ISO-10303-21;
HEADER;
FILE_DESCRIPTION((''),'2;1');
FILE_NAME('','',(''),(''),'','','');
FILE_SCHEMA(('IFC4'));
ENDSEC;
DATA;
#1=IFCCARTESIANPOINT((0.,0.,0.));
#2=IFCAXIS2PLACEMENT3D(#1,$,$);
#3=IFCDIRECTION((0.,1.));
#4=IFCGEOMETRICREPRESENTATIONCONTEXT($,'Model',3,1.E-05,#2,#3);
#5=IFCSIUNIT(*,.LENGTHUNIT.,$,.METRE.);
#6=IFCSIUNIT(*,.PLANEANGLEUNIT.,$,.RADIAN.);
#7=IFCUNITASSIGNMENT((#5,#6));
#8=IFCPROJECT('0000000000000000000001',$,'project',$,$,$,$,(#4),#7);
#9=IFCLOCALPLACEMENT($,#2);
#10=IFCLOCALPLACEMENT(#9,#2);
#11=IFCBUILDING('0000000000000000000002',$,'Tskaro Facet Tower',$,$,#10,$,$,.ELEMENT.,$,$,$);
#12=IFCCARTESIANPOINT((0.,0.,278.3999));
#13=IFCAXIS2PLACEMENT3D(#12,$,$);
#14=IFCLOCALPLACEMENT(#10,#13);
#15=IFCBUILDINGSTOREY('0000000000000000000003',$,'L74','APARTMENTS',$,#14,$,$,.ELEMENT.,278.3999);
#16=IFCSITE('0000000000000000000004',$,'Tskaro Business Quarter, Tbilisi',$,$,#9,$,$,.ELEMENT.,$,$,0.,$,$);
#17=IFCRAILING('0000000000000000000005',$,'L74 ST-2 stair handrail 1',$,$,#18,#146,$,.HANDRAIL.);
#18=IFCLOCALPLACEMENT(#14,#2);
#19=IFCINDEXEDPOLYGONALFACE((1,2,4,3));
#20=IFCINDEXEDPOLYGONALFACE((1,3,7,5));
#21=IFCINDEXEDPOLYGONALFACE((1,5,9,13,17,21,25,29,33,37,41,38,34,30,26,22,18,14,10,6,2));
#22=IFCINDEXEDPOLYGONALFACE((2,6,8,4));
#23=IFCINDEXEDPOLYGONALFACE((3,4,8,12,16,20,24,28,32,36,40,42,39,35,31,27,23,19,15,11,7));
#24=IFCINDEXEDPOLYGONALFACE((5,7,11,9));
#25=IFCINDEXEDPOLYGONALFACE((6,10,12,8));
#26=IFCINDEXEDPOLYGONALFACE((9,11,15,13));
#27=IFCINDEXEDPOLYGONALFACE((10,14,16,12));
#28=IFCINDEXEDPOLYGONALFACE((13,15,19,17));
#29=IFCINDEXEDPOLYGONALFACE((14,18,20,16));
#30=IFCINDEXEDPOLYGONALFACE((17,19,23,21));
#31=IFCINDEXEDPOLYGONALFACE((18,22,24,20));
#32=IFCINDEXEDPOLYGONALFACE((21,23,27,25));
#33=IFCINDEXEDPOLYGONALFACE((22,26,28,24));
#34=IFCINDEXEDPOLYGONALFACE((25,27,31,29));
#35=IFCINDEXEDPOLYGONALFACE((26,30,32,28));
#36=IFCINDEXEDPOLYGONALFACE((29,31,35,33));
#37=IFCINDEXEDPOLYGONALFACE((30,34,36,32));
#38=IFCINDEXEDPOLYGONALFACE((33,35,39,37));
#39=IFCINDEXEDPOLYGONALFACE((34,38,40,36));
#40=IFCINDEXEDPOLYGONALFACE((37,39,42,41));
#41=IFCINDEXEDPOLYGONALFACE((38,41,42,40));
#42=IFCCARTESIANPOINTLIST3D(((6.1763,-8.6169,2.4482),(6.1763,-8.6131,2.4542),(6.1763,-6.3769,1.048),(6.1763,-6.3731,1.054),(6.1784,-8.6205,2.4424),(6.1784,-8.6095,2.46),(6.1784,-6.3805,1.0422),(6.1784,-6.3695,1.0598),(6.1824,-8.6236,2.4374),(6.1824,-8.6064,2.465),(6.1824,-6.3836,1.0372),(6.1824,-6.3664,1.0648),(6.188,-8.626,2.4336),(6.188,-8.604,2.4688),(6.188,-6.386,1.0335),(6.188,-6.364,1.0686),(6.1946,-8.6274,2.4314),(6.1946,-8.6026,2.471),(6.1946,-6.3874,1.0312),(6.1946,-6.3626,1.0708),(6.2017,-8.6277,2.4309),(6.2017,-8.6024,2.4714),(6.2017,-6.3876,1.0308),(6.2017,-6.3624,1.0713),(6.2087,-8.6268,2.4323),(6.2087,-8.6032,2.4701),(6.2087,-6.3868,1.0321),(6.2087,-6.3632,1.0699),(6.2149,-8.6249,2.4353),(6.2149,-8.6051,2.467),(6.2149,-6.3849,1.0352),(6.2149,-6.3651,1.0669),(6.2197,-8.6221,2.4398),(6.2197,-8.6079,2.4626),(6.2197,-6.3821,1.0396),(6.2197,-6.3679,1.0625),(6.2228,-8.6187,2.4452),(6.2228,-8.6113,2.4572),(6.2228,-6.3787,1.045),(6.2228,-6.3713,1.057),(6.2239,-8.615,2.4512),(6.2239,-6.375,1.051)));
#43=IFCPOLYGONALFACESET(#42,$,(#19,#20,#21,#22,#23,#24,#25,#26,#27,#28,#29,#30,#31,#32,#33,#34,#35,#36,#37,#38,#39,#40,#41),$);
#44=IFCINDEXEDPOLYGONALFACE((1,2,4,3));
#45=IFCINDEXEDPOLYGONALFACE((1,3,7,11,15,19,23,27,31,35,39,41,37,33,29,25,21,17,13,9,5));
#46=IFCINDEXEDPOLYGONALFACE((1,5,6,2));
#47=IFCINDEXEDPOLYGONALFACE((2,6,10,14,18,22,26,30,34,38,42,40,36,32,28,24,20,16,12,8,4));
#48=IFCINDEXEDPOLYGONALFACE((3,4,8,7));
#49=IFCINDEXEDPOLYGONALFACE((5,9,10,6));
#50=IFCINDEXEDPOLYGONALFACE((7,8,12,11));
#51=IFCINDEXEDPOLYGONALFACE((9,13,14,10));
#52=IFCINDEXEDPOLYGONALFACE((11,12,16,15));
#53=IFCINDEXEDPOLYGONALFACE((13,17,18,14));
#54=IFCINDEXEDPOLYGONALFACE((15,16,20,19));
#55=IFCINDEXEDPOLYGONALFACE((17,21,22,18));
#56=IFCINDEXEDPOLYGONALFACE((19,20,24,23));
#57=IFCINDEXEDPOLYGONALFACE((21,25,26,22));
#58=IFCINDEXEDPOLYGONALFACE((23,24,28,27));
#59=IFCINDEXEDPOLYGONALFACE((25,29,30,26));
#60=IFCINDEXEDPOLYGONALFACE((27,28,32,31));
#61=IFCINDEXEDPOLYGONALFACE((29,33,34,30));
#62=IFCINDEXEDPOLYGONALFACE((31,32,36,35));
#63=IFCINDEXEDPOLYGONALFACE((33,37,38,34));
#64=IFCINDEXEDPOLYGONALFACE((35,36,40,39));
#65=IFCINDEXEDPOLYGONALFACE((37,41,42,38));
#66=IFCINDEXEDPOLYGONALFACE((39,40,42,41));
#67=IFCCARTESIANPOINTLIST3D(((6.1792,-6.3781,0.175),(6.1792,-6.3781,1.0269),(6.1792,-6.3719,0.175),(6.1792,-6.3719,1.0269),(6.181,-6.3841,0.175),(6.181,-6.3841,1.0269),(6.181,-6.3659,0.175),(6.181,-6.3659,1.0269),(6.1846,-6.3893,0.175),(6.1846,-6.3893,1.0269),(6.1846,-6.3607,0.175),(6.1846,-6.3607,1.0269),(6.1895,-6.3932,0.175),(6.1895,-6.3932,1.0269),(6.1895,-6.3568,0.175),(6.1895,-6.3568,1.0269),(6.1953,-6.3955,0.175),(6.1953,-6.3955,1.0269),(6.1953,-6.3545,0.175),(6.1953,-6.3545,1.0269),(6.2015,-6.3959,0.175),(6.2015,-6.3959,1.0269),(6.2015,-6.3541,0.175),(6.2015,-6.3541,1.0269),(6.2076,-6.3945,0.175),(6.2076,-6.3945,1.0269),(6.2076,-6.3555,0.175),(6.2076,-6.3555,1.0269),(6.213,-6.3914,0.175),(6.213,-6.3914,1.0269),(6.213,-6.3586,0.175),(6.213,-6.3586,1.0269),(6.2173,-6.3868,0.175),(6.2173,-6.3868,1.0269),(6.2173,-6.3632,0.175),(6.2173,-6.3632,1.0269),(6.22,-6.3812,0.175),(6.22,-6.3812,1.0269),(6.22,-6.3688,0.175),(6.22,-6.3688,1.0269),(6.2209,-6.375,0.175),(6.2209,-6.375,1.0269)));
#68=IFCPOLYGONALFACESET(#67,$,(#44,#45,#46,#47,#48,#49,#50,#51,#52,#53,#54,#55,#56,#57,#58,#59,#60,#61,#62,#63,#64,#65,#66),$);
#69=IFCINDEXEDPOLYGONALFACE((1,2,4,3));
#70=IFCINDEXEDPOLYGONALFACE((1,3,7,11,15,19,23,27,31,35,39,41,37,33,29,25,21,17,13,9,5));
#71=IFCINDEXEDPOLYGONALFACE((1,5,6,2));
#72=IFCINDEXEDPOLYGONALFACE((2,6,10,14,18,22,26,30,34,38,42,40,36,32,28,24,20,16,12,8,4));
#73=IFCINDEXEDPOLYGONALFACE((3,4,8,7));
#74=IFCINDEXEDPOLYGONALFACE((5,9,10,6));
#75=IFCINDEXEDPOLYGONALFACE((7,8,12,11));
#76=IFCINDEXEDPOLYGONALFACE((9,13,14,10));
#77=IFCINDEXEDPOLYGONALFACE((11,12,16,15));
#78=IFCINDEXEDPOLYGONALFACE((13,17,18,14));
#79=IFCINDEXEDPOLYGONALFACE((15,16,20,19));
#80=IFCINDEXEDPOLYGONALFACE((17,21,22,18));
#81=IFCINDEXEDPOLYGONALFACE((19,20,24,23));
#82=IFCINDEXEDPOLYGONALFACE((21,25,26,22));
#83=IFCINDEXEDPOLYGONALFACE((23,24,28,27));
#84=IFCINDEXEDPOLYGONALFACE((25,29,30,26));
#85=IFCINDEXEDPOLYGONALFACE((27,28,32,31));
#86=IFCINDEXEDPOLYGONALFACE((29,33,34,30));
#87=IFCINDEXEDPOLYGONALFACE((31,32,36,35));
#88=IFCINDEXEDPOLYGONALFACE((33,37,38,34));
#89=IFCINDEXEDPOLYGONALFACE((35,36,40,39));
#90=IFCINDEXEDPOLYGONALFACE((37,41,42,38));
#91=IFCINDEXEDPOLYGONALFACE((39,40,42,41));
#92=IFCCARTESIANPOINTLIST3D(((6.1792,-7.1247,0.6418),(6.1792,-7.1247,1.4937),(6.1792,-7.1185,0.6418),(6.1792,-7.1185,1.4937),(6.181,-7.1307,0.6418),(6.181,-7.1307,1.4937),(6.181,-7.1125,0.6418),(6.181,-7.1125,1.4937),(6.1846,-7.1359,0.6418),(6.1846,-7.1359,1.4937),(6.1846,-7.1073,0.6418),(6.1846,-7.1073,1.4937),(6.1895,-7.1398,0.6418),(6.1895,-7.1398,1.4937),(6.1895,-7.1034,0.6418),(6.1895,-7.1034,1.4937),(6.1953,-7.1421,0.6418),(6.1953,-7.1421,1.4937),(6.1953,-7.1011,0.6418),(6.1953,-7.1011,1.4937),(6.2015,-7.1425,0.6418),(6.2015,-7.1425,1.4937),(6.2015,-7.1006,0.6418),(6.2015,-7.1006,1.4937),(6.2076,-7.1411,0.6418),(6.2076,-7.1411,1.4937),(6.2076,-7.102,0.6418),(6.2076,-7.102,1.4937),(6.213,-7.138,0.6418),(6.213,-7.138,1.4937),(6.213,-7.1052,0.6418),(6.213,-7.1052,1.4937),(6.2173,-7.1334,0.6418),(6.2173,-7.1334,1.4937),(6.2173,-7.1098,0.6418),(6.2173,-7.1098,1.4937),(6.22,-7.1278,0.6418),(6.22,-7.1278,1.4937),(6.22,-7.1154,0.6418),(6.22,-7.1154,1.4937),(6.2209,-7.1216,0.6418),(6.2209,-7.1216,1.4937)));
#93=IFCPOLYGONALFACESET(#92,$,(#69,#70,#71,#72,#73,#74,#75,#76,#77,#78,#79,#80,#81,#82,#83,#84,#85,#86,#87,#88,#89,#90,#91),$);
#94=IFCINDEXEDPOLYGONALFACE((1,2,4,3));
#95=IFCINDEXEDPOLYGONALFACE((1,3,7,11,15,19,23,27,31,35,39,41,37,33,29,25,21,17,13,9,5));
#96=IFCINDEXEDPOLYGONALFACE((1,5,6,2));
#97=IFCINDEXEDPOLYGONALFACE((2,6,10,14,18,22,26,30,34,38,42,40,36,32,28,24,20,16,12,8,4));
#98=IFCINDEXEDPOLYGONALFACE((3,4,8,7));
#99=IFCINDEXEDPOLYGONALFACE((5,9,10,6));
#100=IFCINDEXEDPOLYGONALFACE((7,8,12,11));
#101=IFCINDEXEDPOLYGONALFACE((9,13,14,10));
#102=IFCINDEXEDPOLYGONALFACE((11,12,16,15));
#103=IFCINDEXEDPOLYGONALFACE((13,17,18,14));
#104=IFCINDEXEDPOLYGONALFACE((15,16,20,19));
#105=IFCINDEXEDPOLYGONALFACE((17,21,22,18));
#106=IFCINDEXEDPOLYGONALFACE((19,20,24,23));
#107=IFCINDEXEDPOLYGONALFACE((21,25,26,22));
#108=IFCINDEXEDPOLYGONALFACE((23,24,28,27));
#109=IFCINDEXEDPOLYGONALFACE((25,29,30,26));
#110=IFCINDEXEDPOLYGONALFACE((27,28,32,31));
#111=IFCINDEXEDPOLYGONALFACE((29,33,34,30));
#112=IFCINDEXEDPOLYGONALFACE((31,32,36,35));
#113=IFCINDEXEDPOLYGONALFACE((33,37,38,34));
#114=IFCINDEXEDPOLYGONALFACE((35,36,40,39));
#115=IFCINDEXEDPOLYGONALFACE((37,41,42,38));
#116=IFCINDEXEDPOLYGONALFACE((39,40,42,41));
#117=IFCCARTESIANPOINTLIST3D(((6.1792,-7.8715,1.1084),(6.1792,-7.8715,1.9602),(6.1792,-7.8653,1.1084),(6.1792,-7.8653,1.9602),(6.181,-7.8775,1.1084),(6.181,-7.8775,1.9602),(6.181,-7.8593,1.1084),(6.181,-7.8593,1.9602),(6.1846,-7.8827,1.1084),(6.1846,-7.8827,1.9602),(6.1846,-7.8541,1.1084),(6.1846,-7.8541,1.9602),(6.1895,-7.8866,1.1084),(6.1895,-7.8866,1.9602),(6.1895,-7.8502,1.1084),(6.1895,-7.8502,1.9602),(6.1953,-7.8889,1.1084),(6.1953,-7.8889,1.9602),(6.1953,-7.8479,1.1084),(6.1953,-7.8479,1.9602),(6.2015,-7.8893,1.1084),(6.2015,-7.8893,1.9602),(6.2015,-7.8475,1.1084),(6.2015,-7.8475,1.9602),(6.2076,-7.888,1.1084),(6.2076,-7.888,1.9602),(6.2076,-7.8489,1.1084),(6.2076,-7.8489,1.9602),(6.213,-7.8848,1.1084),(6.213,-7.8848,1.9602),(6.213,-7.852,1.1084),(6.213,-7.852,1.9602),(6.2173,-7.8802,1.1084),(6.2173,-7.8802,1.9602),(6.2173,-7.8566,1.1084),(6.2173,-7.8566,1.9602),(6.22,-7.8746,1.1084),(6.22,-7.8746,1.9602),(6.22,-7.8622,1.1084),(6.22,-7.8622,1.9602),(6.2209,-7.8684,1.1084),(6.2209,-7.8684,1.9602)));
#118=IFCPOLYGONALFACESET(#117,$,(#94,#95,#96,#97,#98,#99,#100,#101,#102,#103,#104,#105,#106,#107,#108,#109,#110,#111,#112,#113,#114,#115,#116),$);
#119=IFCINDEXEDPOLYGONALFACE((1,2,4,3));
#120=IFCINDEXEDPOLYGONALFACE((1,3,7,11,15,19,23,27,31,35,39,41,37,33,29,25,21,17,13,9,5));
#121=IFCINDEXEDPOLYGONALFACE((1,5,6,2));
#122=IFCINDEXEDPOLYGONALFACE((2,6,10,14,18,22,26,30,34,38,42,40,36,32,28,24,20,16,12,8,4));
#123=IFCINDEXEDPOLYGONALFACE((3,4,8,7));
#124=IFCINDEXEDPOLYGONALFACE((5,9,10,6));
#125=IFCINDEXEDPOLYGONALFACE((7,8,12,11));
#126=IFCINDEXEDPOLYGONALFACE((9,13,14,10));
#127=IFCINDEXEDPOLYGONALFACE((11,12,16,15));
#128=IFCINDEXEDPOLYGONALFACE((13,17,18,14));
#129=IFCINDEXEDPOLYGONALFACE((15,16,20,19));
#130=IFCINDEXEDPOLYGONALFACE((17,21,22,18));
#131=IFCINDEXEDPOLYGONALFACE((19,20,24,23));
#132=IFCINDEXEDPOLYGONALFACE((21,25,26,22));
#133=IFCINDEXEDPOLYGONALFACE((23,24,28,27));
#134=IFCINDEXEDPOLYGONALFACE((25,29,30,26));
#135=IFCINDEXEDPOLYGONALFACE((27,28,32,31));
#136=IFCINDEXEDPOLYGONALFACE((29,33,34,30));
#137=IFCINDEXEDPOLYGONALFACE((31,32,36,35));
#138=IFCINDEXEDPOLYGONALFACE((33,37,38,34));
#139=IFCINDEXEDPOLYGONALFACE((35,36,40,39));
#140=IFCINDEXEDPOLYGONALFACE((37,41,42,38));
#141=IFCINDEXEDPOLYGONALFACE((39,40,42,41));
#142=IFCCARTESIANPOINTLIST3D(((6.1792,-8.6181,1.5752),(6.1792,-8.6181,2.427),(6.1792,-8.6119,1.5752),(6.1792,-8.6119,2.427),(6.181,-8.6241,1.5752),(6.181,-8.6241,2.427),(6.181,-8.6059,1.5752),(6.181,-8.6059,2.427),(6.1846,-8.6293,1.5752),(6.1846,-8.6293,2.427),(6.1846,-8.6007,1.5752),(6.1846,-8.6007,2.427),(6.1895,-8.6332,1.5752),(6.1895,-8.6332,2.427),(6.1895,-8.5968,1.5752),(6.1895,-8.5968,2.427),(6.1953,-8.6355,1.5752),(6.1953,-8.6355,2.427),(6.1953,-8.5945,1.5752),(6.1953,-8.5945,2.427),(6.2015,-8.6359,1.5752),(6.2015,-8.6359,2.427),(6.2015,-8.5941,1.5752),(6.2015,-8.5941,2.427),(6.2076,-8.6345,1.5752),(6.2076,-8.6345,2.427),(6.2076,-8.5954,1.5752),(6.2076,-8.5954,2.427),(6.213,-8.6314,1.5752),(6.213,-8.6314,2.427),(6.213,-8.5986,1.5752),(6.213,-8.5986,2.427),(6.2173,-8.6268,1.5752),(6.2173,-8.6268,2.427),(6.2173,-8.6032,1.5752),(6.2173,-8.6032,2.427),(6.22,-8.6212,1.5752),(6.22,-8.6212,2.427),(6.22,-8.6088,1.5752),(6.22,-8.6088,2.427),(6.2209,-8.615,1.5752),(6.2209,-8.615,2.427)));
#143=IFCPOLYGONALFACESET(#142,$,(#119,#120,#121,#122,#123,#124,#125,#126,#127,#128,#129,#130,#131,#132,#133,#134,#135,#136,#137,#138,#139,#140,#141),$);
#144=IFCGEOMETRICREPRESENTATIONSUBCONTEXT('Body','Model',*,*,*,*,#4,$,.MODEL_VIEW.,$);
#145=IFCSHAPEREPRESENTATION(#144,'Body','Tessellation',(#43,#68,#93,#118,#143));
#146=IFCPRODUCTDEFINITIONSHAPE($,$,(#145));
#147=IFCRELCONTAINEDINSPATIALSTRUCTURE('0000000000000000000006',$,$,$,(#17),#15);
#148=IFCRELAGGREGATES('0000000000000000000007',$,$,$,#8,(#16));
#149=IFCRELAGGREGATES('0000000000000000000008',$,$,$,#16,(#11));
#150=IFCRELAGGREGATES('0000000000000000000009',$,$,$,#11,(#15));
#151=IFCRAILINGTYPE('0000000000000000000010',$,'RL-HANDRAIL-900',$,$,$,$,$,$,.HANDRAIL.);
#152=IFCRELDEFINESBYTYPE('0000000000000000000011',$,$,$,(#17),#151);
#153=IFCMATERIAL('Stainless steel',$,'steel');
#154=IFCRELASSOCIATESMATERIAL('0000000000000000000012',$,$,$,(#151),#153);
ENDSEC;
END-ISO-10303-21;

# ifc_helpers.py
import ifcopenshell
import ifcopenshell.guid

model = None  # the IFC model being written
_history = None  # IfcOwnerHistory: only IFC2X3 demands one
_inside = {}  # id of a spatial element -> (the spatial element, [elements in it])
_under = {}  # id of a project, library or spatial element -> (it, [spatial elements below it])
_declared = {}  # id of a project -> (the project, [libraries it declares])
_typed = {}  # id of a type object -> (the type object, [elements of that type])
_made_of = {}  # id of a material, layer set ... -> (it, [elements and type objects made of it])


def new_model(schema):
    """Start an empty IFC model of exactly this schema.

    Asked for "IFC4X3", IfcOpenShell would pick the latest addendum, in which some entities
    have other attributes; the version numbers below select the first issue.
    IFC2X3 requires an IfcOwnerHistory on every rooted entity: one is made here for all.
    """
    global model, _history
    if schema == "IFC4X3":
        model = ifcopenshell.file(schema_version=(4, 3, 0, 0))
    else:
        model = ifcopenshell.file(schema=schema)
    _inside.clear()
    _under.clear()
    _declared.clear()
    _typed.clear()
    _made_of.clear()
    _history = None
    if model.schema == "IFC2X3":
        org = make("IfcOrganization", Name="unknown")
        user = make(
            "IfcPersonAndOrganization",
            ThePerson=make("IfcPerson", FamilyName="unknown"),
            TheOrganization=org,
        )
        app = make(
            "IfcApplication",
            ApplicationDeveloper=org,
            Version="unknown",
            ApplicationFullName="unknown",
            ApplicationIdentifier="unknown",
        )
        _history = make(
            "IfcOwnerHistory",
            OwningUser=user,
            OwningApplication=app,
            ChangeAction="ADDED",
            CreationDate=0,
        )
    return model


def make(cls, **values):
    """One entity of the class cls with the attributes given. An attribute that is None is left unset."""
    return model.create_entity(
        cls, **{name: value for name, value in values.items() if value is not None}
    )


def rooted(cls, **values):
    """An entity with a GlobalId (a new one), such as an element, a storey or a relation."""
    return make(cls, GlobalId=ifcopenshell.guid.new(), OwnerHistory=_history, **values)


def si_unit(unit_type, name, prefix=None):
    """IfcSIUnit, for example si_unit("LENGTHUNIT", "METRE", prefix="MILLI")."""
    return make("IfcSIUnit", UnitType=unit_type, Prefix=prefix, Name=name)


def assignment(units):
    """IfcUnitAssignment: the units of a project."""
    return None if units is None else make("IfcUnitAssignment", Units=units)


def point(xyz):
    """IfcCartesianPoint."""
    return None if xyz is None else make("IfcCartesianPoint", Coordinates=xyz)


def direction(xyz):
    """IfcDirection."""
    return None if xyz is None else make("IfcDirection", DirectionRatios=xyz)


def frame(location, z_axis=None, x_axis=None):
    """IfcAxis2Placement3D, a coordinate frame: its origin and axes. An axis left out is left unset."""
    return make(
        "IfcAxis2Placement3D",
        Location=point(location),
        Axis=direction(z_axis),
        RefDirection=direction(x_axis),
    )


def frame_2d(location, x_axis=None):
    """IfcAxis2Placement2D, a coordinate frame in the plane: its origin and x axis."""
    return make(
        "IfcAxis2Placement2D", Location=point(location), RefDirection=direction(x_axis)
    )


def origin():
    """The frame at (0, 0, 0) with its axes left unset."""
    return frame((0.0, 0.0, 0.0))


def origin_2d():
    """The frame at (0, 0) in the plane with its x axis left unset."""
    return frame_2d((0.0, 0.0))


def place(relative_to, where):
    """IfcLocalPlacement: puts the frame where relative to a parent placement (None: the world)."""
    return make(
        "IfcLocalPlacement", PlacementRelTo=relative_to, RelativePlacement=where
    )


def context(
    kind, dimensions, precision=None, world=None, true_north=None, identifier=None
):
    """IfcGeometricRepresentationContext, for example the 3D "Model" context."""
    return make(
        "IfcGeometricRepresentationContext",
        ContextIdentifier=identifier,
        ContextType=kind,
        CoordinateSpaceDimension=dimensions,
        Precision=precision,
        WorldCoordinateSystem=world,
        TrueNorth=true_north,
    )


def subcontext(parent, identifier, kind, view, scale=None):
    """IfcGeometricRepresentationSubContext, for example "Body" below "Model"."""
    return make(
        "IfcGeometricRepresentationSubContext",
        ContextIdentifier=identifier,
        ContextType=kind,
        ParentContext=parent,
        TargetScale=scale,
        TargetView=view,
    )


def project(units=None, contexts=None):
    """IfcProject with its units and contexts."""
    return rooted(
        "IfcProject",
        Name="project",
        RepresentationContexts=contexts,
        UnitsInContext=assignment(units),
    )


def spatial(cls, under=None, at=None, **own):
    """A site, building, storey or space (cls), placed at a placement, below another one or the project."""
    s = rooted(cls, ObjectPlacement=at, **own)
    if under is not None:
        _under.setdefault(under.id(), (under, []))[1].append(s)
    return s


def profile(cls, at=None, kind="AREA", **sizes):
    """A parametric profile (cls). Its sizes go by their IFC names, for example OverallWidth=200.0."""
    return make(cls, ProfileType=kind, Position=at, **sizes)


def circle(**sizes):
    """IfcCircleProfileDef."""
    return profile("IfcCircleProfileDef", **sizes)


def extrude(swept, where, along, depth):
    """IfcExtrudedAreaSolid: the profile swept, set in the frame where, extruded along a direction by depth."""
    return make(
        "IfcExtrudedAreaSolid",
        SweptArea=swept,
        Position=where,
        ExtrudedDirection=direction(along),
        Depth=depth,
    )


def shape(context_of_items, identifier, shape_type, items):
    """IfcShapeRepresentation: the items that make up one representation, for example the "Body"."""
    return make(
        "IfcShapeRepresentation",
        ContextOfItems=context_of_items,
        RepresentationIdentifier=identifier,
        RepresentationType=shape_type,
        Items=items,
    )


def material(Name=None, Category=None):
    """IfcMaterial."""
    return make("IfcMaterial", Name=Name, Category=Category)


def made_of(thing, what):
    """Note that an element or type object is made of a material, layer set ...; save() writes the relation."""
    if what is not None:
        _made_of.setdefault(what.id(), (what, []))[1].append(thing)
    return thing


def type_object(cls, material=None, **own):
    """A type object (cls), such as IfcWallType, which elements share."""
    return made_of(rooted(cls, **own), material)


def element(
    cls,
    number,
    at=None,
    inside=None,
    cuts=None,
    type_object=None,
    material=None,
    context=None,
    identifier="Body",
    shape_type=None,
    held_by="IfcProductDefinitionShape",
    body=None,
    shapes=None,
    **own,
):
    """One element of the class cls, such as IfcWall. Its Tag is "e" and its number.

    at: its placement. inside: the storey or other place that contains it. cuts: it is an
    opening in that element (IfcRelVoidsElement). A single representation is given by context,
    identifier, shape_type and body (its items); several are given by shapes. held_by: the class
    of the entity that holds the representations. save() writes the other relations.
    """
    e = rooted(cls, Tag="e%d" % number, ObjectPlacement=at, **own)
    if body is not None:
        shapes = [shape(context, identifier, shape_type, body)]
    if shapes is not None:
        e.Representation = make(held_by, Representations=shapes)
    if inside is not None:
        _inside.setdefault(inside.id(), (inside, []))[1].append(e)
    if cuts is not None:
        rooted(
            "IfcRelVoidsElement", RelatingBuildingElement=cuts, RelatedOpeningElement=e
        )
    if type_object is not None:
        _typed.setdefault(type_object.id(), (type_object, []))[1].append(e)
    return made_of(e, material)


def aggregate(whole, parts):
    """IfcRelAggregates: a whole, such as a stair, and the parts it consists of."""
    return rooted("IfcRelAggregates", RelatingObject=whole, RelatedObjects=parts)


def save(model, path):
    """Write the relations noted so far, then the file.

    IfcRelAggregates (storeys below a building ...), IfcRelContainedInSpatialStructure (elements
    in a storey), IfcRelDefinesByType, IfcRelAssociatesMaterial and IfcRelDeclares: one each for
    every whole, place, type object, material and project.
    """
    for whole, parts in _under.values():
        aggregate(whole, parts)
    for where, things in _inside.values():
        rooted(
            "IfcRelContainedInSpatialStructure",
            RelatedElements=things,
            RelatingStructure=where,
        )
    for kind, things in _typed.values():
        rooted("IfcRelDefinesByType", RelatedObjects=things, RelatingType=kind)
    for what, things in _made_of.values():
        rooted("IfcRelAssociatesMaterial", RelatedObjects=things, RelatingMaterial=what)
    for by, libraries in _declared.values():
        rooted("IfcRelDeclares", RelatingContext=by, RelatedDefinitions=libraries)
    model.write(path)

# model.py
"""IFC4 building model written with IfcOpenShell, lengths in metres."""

from ifc_helpers import new_model, si_unit, direction, frame, origin, origin_2d, place, context, subcontext, project, spatial, circle, extrude, material, type_object, element, save


model = new_model("IFC4")

# Units and contexts
model_context = context("Model", 3, precision=1e-05, world=origin(), true_north=direction((0.0, 1.0)))
body_context = subcontext(model_context, "Body", "Model", "MODEL_VIEW")
ifc_project = project(units=[si_unit("LENGTHUNIT", "METRE"), si_unit("PLANEANGLEUNIT", "RADIAN")], contexts=[model_context])

# Site, building, storey
site_placement = place(None, origin())
site = spatial("IfcSite", under=ifc_project, at=site_placement, Name="Tskaro Business Quarter, Tbilisi", CompositionType="ELEMENT", RefElevation=0.0)
building_placement = place(site_placement, origin())
building = spatial("IfcBuilding", under=site, at=building_placement, Name="Tskaro Facet Tower", CompositionType="ELEMENT")
storey_placement = place(building_placement, frame((0.0, 0.0, 278.3999)))
storey = spatial("IfcBuildingStorey", under=building, at=storey_placement, Name="L74", Description="APARTMENTS", CompositionType="ELEMENT", Elevation=278.3999)

# Railing
ifc_material_1 = material(Name="Stainless steel", Category="steel")
railing_type_1 = type_object("IfcRailingType", Name="RL-HANDRAIL-900", PredefinedType="HANDRAIL", material=ifc_material_1)
railing_1_placement = place(storey_placement, frame((6.2, -6.375, 0.175)))
element("IfcRailing", 1, at=railing_1_placement, inside=storey, type_object=railing_type_1, Name="L74 ST-2 stair handrail 1", PredefinedType="HANDRAIL", context=body_context, shape_type="SweptSolid", body=[
    extrude(circle(Radius=0.0239, at=origin_2d()), frame((0.0, 0.0, 0.876), z_axis=(0.0, -0.847972, 0.53004), x_axis=(1.0, 0.0, 0.0)), (0.0, 0.0, 1.0), 2.6416),
    extrude(circle(Radius=0.021, at=origin_2d()), origin(), (0.0, 0.0, 1.0), 0.8518),
    extrude(circle(Radius=0.021, at=origin_2d()), frame((0.0, -0.7466, 0.4668)), (0.0, 0.0, 1.0), 0.8518),
    extrude(circle(Radius=0.021, at=origin_2d()), frame((0.0, -1.4934, 0.9333)), (0.0, 0.0, 1.0), 0.8518),
    extrude(circle(Radius=0.021, at=origin_2d()), frame((0.0, -2.24, 1.4001)), (0.0, 0.0, 1.0), 0.8518),
])

save(model, "model.ifc")
